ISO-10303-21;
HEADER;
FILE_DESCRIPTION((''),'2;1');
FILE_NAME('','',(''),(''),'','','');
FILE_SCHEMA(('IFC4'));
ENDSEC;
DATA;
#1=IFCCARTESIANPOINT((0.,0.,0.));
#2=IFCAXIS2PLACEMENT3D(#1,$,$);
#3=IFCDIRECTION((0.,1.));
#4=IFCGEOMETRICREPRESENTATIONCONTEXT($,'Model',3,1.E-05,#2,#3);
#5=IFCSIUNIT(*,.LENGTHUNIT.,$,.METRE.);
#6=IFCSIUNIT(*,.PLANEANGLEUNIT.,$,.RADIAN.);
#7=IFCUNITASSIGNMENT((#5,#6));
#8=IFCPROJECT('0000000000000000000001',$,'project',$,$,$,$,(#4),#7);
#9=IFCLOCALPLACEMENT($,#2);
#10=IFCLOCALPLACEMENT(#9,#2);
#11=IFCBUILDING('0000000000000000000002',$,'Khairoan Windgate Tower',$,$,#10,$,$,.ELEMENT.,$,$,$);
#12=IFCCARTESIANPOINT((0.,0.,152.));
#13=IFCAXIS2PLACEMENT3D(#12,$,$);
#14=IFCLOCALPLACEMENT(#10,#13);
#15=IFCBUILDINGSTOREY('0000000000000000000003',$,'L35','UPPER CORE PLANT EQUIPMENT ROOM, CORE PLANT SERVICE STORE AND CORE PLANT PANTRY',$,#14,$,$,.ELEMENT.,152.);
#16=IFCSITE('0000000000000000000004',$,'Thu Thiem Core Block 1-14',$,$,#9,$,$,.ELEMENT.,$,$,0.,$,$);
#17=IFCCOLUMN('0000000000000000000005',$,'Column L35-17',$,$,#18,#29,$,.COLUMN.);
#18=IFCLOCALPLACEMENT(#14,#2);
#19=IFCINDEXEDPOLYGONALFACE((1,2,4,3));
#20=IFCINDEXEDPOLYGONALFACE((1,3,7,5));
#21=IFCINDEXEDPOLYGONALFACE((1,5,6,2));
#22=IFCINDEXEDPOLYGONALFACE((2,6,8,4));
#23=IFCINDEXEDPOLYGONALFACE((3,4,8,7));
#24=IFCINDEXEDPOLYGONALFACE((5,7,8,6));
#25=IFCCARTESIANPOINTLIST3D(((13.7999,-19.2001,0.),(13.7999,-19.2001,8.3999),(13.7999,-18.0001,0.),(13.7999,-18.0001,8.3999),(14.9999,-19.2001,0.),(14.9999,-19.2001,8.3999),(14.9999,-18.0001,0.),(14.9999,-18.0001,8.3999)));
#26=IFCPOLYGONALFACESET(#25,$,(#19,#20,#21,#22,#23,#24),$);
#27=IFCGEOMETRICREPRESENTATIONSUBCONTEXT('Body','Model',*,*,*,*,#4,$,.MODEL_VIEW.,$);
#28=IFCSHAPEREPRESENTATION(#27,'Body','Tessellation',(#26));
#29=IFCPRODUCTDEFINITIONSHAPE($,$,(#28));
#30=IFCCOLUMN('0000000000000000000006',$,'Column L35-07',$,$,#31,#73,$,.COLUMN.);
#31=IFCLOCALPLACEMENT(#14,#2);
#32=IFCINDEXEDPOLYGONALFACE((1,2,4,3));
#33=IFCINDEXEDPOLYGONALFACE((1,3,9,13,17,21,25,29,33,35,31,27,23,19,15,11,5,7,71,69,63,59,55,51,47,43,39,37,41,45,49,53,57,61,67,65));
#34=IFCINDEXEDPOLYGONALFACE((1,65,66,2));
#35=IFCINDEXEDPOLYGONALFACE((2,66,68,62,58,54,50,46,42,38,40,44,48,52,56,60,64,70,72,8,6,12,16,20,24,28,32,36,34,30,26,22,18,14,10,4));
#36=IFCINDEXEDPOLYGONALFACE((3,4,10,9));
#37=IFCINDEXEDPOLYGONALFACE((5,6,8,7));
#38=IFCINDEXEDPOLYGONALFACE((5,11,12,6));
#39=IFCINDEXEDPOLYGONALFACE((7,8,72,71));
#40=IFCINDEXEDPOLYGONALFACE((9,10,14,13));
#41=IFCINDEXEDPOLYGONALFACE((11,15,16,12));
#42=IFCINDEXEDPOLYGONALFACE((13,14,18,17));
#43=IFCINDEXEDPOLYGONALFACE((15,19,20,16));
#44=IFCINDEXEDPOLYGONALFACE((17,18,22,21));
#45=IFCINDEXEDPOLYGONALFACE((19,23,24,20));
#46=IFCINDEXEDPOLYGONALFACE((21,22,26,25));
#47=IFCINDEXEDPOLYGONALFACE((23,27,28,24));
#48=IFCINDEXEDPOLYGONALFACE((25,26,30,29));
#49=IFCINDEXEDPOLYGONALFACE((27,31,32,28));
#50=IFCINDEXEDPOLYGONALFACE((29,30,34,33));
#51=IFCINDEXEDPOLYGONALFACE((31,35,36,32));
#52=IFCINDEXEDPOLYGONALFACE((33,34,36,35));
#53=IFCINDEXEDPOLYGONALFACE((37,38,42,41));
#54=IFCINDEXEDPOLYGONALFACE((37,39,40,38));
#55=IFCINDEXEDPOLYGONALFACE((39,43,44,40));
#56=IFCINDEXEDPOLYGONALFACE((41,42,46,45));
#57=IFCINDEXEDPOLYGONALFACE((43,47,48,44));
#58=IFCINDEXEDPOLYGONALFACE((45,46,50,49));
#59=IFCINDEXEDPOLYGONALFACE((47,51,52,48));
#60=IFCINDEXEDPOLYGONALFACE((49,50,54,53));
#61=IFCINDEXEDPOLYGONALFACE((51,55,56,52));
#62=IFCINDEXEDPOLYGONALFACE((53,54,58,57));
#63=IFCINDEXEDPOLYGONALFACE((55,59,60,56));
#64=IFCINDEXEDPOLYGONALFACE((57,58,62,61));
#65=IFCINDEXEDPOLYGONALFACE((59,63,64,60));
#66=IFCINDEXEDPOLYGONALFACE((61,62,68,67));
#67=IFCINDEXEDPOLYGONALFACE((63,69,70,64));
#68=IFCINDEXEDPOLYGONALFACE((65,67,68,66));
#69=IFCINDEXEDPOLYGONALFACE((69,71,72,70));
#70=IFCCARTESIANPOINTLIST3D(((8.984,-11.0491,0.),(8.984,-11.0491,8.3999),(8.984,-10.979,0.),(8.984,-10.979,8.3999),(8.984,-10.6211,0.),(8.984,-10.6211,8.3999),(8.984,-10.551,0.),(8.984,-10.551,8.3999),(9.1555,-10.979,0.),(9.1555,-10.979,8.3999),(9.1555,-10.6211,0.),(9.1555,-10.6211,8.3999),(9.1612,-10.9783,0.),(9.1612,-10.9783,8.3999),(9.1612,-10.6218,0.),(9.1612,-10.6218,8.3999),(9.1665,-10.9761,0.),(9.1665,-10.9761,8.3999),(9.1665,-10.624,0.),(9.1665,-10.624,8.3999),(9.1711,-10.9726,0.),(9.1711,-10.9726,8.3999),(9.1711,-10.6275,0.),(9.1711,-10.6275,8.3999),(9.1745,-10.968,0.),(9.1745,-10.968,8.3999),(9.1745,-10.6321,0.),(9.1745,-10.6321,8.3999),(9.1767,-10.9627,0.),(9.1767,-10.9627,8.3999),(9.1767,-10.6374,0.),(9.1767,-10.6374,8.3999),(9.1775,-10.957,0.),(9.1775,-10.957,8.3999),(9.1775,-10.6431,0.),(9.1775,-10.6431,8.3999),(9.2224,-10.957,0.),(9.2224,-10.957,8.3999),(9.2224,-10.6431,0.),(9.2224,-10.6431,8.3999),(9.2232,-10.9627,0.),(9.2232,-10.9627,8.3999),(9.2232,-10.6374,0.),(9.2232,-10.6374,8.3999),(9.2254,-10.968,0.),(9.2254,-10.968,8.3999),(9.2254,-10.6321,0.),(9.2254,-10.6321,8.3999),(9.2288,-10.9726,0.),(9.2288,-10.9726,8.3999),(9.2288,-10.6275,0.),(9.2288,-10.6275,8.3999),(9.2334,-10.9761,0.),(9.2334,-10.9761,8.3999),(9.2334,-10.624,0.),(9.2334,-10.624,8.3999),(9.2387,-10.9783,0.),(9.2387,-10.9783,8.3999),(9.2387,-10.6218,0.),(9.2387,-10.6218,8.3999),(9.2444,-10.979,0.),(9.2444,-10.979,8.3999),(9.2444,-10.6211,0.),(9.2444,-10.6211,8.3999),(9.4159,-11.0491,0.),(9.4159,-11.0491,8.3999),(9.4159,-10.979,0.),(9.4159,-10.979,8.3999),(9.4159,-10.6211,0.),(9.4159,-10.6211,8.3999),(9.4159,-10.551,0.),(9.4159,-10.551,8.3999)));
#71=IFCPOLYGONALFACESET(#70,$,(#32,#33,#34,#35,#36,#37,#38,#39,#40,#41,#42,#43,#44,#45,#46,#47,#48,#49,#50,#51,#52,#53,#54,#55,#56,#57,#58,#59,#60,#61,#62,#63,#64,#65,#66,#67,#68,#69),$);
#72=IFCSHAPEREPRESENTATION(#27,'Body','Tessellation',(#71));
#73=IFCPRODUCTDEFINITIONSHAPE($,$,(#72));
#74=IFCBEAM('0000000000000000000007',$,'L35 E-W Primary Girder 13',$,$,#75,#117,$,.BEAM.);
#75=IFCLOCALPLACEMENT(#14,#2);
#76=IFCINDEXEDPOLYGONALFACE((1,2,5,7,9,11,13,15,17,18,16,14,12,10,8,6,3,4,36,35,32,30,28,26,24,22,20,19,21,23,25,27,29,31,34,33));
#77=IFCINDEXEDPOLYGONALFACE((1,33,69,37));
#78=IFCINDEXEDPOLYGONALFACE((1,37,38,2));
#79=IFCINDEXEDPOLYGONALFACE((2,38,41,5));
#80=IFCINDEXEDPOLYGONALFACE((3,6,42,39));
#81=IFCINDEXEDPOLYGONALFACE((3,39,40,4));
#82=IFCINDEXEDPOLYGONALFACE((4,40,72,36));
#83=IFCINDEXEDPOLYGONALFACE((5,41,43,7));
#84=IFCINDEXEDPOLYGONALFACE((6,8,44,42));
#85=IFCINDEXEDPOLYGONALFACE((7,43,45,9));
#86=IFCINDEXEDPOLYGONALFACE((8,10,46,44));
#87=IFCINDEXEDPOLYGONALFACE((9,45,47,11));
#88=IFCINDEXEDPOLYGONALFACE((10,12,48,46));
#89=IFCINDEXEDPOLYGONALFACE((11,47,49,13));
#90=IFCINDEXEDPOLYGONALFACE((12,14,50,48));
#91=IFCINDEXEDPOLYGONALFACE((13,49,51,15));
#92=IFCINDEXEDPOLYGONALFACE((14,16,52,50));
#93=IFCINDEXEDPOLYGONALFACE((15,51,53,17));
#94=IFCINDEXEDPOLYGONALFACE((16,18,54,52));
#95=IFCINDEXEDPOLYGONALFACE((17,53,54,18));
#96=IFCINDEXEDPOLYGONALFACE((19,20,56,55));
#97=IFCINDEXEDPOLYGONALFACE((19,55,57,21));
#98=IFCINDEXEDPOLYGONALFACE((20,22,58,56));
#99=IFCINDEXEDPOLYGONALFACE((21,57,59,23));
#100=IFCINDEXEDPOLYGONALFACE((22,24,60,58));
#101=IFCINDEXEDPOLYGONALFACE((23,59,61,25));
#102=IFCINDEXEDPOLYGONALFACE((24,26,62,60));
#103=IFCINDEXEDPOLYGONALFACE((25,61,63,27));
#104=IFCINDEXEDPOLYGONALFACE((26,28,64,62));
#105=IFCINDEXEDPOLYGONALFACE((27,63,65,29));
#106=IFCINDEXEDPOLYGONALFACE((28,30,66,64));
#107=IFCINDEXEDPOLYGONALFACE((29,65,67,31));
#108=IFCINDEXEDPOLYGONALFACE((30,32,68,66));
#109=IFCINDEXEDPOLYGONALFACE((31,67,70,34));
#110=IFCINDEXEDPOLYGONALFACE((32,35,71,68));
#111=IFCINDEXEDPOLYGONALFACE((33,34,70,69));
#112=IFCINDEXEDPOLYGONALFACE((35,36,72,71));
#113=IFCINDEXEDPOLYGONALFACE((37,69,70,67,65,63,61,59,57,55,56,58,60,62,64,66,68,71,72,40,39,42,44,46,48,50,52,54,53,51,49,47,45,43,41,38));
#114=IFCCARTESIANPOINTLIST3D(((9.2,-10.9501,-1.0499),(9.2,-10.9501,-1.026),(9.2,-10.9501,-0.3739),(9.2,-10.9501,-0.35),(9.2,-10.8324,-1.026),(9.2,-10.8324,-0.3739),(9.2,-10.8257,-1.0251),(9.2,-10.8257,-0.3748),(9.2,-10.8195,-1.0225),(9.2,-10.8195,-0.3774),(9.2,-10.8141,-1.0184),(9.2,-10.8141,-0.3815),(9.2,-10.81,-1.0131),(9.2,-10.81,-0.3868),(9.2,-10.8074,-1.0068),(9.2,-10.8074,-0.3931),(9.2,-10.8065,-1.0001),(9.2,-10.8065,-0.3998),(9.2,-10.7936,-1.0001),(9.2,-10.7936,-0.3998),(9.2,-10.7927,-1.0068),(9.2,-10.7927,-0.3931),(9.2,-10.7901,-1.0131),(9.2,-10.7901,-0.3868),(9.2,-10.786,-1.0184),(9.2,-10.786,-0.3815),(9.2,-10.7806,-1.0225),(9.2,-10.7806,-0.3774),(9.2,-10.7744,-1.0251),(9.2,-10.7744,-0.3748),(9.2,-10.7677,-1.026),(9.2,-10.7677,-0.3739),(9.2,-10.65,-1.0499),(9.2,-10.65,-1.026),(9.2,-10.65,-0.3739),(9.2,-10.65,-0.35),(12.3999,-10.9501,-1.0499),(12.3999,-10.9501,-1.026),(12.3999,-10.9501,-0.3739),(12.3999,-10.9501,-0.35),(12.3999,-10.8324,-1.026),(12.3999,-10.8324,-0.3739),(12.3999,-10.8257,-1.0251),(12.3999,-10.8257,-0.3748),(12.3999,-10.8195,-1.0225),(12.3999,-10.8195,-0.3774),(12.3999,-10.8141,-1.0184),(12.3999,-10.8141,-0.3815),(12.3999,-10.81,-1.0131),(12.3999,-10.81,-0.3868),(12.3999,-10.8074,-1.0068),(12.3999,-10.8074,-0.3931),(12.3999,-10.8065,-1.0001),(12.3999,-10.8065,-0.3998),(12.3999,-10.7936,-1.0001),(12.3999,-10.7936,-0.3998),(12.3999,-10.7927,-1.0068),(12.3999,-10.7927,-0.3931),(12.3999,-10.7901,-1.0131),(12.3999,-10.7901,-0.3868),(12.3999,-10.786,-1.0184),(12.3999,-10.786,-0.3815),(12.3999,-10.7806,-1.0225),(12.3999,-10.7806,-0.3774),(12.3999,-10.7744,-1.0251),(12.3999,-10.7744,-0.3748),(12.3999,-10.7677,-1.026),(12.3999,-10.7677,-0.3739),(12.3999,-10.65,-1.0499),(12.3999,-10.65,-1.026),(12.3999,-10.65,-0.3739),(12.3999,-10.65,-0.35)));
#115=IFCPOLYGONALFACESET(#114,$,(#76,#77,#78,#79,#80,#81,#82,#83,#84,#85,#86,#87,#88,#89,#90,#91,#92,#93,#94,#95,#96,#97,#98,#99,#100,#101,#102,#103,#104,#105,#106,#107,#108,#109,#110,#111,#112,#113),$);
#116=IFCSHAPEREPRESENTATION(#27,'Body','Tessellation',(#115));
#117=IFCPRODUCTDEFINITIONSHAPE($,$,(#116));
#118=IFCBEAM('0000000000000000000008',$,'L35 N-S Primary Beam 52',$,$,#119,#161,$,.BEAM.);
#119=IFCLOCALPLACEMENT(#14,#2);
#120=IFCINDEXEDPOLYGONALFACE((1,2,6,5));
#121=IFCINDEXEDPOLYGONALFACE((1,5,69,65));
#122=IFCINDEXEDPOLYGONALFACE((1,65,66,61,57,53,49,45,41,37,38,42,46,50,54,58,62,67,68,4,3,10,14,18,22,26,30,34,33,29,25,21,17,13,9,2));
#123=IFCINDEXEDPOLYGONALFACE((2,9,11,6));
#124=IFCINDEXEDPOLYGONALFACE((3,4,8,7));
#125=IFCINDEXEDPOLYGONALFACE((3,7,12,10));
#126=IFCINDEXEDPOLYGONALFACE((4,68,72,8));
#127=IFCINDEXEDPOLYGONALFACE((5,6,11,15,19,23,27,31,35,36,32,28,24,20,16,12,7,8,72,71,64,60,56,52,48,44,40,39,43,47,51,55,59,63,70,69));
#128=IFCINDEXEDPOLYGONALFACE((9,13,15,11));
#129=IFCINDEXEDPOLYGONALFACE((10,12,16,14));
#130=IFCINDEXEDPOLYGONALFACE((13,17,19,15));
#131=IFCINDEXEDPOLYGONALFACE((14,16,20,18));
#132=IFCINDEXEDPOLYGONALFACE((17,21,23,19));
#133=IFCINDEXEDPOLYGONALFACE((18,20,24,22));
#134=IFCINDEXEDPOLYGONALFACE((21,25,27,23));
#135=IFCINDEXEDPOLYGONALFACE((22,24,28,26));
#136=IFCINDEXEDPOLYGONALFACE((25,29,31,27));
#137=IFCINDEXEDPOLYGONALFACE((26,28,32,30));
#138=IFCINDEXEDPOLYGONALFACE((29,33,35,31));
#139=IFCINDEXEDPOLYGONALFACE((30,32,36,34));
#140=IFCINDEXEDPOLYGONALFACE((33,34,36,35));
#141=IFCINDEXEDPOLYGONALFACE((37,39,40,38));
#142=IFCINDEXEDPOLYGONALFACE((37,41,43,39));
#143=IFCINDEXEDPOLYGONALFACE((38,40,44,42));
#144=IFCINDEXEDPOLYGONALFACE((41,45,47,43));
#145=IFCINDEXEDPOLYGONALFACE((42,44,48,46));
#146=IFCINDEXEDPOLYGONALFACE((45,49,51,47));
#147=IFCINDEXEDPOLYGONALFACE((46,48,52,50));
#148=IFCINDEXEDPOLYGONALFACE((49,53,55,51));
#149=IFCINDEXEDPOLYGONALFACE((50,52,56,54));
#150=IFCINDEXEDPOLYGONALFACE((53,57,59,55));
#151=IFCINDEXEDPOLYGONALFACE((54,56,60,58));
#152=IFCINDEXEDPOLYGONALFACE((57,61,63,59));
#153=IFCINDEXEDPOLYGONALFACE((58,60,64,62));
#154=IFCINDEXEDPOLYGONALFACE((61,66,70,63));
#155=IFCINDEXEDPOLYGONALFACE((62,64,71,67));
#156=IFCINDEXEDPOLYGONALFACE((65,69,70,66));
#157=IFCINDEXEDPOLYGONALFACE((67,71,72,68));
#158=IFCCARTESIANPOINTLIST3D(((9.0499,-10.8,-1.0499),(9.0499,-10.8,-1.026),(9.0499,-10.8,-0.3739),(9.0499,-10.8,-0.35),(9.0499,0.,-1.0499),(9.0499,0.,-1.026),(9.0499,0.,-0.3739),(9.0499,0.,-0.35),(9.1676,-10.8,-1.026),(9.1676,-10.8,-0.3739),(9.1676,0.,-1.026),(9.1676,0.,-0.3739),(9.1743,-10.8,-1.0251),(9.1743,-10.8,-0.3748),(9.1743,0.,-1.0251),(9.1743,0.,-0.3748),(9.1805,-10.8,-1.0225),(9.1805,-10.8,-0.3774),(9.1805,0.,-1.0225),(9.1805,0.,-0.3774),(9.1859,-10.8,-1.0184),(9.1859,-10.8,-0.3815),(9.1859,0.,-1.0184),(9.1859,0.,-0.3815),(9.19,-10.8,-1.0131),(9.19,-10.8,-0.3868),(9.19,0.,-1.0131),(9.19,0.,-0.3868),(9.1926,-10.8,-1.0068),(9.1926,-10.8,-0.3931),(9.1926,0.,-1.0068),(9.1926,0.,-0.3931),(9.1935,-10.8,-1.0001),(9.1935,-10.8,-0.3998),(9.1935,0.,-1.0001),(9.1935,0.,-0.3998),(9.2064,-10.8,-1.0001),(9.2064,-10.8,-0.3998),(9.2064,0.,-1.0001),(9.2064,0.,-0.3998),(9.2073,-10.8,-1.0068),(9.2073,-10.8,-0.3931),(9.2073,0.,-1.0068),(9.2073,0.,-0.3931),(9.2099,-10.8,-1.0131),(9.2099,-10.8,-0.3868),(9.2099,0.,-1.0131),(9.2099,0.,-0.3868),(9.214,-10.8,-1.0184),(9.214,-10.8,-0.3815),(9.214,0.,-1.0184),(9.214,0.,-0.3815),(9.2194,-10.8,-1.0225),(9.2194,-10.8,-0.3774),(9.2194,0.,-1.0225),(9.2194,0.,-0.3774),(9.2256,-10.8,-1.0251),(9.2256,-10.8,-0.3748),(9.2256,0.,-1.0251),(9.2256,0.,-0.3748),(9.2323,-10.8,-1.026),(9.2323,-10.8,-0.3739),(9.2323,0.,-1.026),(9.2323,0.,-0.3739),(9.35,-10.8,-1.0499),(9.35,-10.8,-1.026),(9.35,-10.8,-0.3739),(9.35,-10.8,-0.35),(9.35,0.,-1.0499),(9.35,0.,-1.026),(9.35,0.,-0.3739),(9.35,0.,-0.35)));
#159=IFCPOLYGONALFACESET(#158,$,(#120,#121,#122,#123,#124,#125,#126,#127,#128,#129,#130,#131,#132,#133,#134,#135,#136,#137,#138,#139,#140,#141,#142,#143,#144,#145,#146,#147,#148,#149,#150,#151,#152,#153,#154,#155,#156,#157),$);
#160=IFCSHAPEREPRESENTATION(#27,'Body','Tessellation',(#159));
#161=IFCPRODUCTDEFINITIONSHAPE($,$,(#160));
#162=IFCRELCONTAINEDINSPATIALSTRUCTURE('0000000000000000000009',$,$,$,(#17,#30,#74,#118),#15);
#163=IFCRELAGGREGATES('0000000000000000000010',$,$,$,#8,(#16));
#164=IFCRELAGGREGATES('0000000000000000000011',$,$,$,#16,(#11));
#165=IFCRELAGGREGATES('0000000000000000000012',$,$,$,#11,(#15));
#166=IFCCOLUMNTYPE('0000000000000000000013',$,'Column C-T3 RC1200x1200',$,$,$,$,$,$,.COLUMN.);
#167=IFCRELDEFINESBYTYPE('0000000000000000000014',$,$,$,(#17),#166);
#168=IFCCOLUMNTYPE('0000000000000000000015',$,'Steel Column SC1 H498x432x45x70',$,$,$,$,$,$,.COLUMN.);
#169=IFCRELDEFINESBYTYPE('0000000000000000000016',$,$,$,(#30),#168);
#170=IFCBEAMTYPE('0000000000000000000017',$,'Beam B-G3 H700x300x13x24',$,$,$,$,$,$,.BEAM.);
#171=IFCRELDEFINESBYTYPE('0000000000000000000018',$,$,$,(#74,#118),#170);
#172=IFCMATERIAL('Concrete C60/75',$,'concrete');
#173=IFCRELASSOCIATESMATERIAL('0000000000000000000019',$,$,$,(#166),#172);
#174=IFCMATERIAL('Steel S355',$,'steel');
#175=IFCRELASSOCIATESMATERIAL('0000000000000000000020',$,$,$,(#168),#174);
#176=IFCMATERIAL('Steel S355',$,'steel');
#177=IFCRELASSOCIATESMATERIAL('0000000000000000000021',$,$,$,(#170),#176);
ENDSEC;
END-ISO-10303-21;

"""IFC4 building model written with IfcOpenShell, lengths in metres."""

from ifc_helpers import new_model, si_unit, direction, frame, origin, origin_2d, place, context, subcontext, project, spatial, rectangle, i_section, extrude, material, material_profile, profile_set, type_object, element, save


model = new_model("IFC4")

# Units and contexts
model_context = context("Model", 3, precision=1e-05, world=origin(), true_north=direction((0.0, 1.0)))
body_context = subcontext(model_context, "Body", "Model", "MODEL_VIEW")
ifc_project = project(units=[si_unit("LENGTHUNIT", "METRE"), si_unit("PLANEANGLEUNIT", "RADIAN")], contexts=[model_context])

# Site, building, storey
site_placement = place(None, origin())
site = spatial("IfcSite", under=ifc_project, at=site_placement, Name="Thu Thiem Core Block 1-14", CompositionType="ELEMENT", RefElevation=0.0)
building_placement = place(site_placement, origin())
building = spatial("IfcBuilding", under=site, at=building_placement, Name="Khairoan Windgate Tower", CompositionType="ELEMENT")
storey_placement = place(building_placement, frame((0.0, 0.0, 152.0)))
storey = spatial("IfcBuildingStorey", under=building, at=storey_placement, Name="L35", Description="UPPER CORE PLANT EQUIPMENT ROOM, CORE PLANT SERVICE STORE AND CORE PLANT PANTRY", CompositionType="ELEMENT", Elevation=152.0)

# Columns
ifc_material_1 = material(Name="Concrete C60/75", Category="concrete")
ifc_material_profile_1 = material_profile(ifc_material_1, rectangle(XDim=1.2, YDim=1.2, at=origin_2d()))
ifc_profile_set_1 = profile_set([ifc_material_profile_1], Name="Concrete C60/75")
column_type_1 = type_object("IfcColumnType", Name="Column C-T3 RC1200x1200", PredefinedType="COLUMN", material=ifc_profile_set_1)
column_1_placement = place(storey_placement, frame((14.3999, -18.6001, 0.0), z_axis=(0.0, 0.0, 1.0), x_axis=(1.0, 0.0, 0.0)))
element("IfcColumn", 1, at=column_1_placement, inside=storey, type_object=column_type_1, Name="Column L35-17", PredefinedType="COLUMN", context=body_context, shape_type="SweptSolid", body=[
    extrude(rectangle(XDim=1.2, YDim=1.2, at=origin_2d()), origin(), (0.0, 0.0, 1.0), 8.3999),
])
ifc_material_2 = material(Name="Steel S355", Category="steel")
ifc_material_profile_2 = material_profile(ifc_material_2, i_section(OverallWidth=0.4319, OverallDepth=0.498, WebThickness=0.0449, FlangeThickness=0.0701, FilletRadius=0.022, at=origin_2d()))
ifc_profile_set_2 = profile_set([ifc_material_profile_2], Name="Steel S355")
column_type_2 = type_object("IfcColumnType", Name="Steel Column SC1 H498x432x45x70", PredefinedType="COLUMN", material=ifc_profile_set_2)
column_2_placement = place(storey_placement, frame((9.2, -10.8, 0.0), z_axis=(0.0, 0.0, 1.0), x_axis=(1.0, 0.0, 0.0)))
element("IfcColumn", 2, at=column_2_placement, inside=storey, type_object=column_type_2, Name="Column L35-07", PredefinedType="COLUMN", context=body_context, shape_type="SweptSolid", body=[
    extrude(i_section(OverallWidth=0.4319, OverallDepth=0.498, WebThickness=0.0449, FlangeThickness=0.0701, FilletRadius=0.022, at=origin_2d()), origin(), (0.0, 0.0, 1.0), 8.3999),
])

# Beams
ifc_material_3 = material(Name="Steel S355", Category="steel")
ifc_material_profile_3 = material_profile(ifc_material_3, i_section(OverallWidth=0.3, OverallDepth=0.7, WebThickness=0.0129, FlangeThickness=0.0239, FilletRadius=0.0259, at=origin_2d()))
ifc_profile_set_3 = profile_set([ifc_material_profile_3], Name="Steel S355")
beam_type_1 = type_object("IfcBeamType", Name="Beam B-G3 H700x300x13x24", PredefinedType="BEAM", material=ifc_profile_set_3)
beam_1_placement = place(storey_placement, frame((9.2, -10.8, -0.7), z_axis=(1.0, 0.0, 0.0), x_axis=(0.0, 1.0, 0.0)))
element("IfcBeam", 3, at=beam_1_placement, inside=storey, type_object=beam_type_1, Name="L35 E-W Primary Girder 13", PredefinedType="BEAM", context=body_context, shape_type="SweptSolid", body=[
    extrude(i_section(OverallWidth=0.3, OverallDepth=0.7, WebThickness=0.0129, FlangeThickness=0.0239, FilletRadius=0.0259, at=origin_2d()), origin(), (0.0, 0.0, 1.0), 3.2),
])
beam_2_placement = place(storey_placement, frame((9.2, -10.8, -0.7), z_axis=(0.0, 1.0, 0.0), x_axis=(-1.0, 0.0, 0.0)))
element("IfcBeam", 4, at=beam_2_placement, inside=storey, type_object=beam_type_1, Name="L35 N-S Primary Beam 52", PredefinedType="BEAM", context=body_context, shape_type="SweptSolid", body=[
    extrude(i_section(OverallWidth=0.3, OverallDepth=0.7, WebThickness=0.0129, FlangeThickness=0.0239, FilletRadius=0.0259, at=origin_2d()), origin(), (0.0, 0.0, 1.0), 10.8),
])

save(model, "model.ifc")
